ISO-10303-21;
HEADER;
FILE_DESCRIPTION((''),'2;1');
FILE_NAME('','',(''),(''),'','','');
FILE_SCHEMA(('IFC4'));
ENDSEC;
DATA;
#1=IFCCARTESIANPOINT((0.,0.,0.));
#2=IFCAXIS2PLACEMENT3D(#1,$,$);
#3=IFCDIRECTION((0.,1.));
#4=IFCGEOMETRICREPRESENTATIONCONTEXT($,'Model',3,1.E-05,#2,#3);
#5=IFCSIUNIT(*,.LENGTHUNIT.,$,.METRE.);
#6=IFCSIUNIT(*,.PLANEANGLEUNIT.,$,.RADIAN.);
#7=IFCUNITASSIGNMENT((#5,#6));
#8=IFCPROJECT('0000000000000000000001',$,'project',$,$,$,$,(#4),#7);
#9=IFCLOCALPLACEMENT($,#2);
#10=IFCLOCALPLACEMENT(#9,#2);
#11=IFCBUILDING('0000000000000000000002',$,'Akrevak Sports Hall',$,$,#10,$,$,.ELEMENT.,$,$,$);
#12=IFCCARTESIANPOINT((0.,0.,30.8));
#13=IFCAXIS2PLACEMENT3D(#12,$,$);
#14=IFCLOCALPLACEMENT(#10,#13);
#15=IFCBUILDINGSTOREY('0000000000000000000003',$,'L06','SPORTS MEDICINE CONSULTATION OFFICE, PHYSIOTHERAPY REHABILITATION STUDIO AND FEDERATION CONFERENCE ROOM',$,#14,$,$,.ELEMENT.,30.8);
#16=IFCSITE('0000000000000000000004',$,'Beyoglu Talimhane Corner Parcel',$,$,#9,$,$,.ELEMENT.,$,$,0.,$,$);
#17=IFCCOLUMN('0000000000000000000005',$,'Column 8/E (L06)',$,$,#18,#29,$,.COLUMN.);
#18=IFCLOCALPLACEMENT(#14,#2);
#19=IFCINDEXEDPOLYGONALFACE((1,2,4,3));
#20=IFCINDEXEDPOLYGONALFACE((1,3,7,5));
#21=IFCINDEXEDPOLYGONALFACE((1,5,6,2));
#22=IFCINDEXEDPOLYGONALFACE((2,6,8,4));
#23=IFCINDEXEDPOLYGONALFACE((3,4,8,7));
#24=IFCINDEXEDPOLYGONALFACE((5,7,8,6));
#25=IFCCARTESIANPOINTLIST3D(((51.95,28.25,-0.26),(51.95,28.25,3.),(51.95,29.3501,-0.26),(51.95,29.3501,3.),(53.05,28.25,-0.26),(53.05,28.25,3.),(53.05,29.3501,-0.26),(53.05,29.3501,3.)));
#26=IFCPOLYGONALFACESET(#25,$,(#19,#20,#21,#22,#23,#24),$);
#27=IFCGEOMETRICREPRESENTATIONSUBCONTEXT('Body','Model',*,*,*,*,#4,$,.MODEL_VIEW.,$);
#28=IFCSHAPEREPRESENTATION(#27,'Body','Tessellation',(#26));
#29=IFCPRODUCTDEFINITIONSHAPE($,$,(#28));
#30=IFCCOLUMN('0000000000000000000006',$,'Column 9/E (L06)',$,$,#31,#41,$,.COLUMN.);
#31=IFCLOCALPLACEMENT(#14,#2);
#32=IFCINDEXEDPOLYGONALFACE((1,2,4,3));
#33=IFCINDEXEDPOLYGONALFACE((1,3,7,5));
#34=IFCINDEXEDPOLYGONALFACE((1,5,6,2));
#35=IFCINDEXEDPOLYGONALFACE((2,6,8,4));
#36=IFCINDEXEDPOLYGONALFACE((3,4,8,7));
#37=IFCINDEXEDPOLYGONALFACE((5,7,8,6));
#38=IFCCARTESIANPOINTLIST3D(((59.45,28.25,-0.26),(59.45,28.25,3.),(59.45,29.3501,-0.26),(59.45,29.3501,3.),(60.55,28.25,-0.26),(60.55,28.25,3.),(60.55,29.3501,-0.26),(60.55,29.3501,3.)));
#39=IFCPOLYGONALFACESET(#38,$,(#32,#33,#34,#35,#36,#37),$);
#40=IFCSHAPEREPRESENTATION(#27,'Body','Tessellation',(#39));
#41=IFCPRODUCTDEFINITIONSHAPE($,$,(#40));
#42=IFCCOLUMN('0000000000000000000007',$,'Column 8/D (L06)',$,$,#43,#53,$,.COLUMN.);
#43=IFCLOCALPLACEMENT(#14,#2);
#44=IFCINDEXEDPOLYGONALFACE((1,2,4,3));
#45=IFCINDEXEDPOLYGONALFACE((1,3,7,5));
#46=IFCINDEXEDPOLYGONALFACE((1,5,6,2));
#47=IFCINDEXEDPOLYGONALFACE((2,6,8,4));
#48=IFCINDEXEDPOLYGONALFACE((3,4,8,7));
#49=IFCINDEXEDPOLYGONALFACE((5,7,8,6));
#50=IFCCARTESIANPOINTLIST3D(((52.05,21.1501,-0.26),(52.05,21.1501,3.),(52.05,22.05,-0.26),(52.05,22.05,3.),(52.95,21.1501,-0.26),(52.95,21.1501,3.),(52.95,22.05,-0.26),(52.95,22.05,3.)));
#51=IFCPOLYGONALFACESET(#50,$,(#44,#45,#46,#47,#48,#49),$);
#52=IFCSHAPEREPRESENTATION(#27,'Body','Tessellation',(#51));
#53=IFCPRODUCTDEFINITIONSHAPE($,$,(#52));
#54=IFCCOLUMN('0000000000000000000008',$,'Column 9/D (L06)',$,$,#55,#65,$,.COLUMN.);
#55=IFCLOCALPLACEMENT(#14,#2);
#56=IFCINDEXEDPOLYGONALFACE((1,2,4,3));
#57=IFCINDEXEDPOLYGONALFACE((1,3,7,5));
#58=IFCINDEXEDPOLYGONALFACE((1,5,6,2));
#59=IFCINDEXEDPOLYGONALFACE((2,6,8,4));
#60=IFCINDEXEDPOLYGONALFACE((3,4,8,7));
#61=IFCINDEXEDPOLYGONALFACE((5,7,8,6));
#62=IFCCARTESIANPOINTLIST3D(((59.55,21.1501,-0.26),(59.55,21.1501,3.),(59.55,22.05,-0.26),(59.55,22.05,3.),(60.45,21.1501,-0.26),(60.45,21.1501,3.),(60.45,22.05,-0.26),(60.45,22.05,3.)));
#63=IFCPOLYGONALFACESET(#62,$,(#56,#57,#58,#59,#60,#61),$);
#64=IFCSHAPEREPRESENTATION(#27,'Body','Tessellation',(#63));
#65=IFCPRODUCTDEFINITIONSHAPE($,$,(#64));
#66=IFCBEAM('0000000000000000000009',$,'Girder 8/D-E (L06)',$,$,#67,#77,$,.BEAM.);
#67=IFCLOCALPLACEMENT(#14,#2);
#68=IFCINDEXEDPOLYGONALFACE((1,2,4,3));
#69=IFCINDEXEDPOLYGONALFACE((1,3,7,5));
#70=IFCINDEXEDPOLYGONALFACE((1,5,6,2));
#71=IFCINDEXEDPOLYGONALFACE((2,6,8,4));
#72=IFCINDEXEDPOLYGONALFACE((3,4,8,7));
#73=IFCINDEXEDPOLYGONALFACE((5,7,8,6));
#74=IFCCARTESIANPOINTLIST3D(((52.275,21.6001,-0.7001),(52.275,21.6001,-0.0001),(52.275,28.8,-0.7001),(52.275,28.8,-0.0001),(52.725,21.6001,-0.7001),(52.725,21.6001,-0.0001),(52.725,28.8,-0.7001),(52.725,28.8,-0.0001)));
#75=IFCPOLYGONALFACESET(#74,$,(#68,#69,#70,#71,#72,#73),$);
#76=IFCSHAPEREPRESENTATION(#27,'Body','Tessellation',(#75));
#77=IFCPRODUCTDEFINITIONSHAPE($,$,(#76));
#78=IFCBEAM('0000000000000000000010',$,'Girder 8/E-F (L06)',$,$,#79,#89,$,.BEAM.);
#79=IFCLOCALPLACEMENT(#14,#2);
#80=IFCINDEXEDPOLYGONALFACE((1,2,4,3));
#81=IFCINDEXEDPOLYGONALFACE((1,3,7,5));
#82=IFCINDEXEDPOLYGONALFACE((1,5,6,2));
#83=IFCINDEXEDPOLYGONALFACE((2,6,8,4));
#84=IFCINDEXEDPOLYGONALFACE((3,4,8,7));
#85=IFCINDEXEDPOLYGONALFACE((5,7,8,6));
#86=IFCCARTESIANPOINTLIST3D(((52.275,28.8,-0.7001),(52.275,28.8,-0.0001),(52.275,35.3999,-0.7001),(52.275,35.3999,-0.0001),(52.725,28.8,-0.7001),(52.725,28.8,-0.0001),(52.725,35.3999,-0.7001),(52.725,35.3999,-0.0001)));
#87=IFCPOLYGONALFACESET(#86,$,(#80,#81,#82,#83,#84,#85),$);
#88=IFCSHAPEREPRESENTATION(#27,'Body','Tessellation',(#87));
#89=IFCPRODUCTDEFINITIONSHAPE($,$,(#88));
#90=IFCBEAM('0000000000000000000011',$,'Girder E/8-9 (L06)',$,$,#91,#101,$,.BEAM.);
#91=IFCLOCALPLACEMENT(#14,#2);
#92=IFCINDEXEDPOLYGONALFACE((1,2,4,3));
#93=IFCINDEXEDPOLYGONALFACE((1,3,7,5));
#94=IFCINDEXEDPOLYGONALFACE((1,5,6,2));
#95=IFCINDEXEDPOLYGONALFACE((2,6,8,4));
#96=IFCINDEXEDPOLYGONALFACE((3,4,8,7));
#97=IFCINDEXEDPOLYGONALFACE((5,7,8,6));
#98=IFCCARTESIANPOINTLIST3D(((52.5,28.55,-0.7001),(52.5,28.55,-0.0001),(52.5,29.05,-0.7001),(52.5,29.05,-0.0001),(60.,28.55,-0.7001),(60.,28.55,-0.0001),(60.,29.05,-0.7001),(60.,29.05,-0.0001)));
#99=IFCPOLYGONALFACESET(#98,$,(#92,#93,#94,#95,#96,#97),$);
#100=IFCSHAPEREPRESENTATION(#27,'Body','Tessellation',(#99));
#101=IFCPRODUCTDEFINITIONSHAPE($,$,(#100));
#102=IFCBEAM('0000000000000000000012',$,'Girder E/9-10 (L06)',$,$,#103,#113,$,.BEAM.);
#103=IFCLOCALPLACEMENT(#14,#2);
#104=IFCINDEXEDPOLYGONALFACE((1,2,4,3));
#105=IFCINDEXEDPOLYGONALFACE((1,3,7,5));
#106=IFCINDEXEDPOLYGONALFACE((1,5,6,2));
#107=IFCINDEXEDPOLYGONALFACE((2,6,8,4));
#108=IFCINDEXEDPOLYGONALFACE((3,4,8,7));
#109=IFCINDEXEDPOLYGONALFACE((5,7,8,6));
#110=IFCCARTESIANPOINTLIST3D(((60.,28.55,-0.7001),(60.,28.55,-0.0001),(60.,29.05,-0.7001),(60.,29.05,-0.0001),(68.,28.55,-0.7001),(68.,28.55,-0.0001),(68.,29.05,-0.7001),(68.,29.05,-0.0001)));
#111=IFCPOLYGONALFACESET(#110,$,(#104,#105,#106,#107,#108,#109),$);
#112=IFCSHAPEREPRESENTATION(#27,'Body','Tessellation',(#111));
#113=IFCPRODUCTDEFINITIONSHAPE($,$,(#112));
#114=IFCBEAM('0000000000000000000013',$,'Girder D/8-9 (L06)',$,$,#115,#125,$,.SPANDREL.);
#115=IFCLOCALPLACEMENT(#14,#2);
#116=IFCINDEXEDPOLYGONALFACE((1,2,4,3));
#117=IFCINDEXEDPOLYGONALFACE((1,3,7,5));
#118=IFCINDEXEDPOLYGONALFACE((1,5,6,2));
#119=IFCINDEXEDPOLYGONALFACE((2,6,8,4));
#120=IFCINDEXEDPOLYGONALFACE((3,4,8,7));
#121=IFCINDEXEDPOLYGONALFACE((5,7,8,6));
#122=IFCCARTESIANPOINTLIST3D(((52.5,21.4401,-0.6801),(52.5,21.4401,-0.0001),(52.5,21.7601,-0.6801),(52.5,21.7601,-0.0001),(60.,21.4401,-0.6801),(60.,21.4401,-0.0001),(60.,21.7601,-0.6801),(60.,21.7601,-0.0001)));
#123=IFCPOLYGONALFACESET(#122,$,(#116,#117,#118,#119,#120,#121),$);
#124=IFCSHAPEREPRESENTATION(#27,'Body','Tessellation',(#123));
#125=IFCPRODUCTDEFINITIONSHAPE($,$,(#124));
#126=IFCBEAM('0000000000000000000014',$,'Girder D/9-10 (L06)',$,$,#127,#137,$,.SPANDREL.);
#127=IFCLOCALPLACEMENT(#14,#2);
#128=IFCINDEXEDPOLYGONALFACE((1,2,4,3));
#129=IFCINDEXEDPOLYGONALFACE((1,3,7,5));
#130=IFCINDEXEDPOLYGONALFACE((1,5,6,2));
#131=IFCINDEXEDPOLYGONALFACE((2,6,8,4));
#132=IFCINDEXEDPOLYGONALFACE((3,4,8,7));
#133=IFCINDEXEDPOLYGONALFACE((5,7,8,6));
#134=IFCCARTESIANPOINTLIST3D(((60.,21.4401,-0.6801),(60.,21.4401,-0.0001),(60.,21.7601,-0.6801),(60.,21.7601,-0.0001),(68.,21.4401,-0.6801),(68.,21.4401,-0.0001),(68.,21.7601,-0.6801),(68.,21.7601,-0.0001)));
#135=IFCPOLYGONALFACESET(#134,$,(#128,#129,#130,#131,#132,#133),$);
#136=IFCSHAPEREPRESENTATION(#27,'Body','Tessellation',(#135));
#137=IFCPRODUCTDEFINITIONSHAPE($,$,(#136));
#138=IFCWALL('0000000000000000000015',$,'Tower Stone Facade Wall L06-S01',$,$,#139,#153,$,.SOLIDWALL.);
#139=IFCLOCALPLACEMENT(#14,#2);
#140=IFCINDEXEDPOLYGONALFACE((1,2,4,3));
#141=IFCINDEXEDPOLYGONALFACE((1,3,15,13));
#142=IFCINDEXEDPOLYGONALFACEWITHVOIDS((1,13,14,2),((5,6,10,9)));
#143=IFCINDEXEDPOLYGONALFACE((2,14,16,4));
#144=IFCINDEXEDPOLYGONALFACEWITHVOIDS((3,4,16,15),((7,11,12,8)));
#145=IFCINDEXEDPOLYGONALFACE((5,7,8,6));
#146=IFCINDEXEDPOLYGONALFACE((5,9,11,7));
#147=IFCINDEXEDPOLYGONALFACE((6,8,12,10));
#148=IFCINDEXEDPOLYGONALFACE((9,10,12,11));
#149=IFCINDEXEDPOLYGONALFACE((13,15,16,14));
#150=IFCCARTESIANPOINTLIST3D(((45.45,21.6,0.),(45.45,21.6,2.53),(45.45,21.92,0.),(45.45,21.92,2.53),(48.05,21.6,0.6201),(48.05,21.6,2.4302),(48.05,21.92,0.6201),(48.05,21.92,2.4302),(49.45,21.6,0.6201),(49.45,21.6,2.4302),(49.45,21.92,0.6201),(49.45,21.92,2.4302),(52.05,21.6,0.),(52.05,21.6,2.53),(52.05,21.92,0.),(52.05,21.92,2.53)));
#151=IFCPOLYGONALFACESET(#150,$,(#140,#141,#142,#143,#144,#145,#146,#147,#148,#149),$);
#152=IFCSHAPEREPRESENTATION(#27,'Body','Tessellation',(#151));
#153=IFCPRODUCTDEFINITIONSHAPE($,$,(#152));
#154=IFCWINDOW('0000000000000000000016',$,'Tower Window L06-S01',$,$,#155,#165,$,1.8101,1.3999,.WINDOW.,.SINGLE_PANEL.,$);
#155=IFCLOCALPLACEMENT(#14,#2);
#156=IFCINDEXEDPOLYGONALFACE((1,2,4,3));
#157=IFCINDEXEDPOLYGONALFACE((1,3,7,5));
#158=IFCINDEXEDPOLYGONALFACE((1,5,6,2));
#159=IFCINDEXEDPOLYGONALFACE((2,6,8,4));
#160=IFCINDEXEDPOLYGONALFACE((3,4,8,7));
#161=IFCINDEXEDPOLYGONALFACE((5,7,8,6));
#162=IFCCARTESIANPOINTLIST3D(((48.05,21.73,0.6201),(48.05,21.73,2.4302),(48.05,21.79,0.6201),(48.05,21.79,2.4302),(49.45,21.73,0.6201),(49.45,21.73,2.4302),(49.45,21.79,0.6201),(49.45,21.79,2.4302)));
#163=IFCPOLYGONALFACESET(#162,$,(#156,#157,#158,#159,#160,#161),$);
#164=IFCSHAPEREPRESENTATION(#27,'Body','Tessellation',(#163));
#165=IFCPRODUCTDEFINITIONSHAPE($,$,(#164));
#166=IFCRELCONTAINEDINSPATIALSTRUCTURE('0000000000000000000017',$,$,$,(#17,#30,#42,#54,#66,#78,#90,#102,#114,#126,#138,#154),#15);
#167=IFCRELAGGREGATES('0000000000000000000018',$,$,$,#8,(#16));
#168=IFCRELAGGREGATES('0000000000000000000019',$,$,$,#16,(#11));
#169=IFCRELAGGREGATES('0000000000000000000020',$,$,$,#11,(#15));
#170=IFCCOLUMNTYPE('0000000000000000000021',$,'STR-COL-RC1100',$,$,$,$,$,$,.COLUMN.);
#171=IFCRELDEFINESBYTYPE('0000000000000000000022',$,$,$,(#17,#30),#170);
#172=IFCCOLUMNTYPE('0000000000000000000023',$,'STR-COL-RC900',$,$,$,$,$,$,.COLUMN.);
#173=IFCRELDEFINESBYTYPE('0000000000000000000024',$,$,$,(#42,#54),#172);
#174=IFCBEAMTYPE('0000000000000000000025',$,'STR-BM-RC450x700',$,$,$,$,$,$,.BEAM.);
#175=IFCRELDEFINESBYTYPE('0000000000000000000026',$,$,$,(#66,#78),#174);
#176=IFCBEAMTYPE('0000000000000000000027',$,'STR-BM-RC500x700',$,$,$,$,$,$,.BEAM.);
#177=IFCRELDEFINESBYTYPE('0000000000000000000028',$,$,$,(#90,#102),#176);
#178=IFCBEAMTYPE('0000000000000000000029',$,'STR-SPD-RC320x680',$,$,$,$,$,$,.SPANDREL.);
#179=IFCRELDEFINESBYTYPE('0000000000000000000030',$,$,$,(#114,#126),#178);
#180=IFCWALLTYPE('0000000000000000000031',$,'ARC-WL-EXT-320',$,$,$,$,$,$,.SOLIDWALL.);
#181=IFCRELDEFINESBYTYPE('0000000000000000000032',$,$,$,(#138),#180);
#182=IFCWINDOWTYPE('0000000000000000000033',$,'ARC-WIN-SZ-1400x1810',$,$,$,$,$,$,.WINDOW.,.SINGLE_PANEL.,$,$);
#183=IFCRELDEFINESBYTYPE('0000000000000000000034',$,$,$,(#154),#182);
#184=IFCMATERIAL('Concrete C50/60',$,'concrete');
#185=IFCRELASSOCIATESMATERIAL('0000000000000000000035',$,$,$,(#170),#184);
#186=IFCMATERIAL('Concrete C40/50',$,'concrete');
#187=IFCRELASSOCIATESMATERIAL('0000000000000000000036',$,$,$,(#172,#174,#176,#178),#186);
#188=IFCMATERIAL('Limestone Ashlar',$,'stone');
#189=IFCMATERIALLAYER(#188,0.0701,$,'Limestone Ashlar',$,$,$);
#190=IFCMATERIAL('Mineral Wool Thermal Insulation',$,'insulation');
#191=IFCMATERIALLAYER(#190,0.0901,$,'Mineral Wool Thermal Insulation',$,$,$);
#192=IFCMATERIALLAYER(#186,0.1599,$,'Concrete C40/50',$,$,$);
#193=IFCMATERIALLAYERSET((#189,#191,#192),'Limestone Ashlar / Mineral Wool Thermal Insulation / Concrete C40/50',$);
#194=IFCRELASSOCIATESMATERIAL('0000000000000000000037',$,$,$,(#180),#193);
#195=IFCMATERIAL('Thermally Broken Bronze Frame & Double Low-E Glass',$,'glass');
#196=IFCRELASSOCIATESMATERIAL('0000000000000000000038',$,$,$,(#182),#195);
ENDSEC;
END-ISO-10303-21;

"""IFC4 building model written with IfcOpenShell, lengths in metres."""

from ifc_helpers import new_model, si_unit, direction, frame, frame_2d, origin, origin_2d, place, context, subcontext, project, spatial, rectangle, extrude, material, layer, layer_set, material_profile, profile_set, type_object, element, fill, save


model = new_model("IFC4")

# Units and contexts
model_context = context("Model", 3, precision=1e-05, world=origin(), true_north=direction((0.0, 1.0)))
body_context = subcontext(model_context, "Body", "Model", "MODEL_VIEW")
ifc_project = project(units=[si_unit("LENGTHUNIT", "METRE"), si_unit("PLANEANGLEUNIT", "RADIAN")], contexts=[model_context])

# Site, building, storey
site_placement = place(None, origin())
site = spatial("IfcSite", under=ifc_project, at=site_placement, Name="Beyoglu Talimhane Corner Parcel", CompositionType="ELEMENT", RefElevation=0.0)
building_placement = place(site_placement, origin())
building = spatial("IfcBuilding", under=site, at=building_placement, Name="Akrevak Sports Hall", CompositionType="ELEMENT")
storey_placement = place(building_placement, frame((0.0, 0.0, 30.8)))
storey = spatial("IfcBuildingStorey", under=building, at=storey_placement, Name="L06", Description="SPORTS MEDICINE CONSULTATION OFFICE, PHYSIOTHERAPY REHABILITATION STUDIO AND FEDERATION CONFERENCE ROOM", CompositionType="ELEMENT", Elevation=30.8)

# Columns
ifc_material_1 = material(Name="Concrete C50/60", Category="concrete")
ifc_material_profile_1 = material_profile(ifc_material_1, rectangle(XDim=1.1001, YDim=1.1001, at=origin_2d()), Name="RC 1100x1100", Category="concrete")
ifc_profile_set_1 = profile_set([ifc_material_profile_1], Name="Concrete C50/60")
column_type_1 = type_object("IfcColumnType", Name="STR-COL-RC1100", PredefinedType="COLUMN", material=ifc_profile_set_1)
for number, where, z_axis, x_axis, name in (
    (1, (52.5, 28.8, -0.26), (0.0, 0.0, 1.0), (1.0, 0.0, 0.0), "Column 8/E (L06)"),
    (2, (60.0, 28.8, -0.26), (0.0, 0.0, 1.0), (1.0, 0.0, 0.0), "Column 9/E (L06)"),
):
    element("IfcColumn", number, at=place(storey_placement, frame(where, z_axis=z_axis, x_axis=x_axis)), inside=storey, type_object=column_type_1, Name=name, PredefinedType="COLUMN", context=body_context, shape_type="SweptSolid", body=[
        extrude(rectangle(XDim=1.1001, YDim=1.1001, at=origin_2d()), origin(), (0.0, 0.0, 1.0), 3.26),
    ])
ifc_material_2 = material(Name="Concrete C40/50", Category="concrete")
ifc_material_profile_2 = material_profile(ifc_material_2, rectangle(XDim=0.8999, YDim=0.8999, at=origin_2d()), Name="RC 900x900", Category="concrete")
ifc_profile_set_2 = profile_set([ifc_material_profile_2], Name="Concrete C40/50")
column_type_2 = type_object("IfcColumnType", Name="STR-COL-RC900", PredefinedType="COLUMN", material=ifc_profile_set_2)
for number, where, z_axis, x_axis, name in (
    (3, (52.5, 21.6001, -0.26), (0.0, 0.0, 1.0), (1.0, 0.0, 0.0), "Column 8/D (L06)"),
    (4, (60.0, 21.6001, -0.26), (0.0, 0.0, 1.0), (1.0, 0.0, 0.0), "Column 9/D (L06)"),
):
    element("IfcColumn", number, at=place(storey_placement, frame(where, z_axis=z_axis, x_axis=x_axis)), inside=storey, type_object=column_type_2, Name=name, PredefinedType="COLUMN", context=body_context, shape_type="SweptSolid", body=[
        extrude(rectangle(XDim=0.8999, YDim=0.8999, at=origin_2d()), origin(), (0.0, 0.0, 1.0), 3.26),
    ])

# Beams
ifc_material_profile_3 = material_profile(ifc_material_2, rectangle(XDim=0.45, YDim=0.7, at=origin_2d()), Name="BM 450x700", Category="concrete")
ifc_profile_set_3 = profile_set([ifc_material_profile_3], Name="Concrete C40/50")
beam_type_1 = type_object("IfcBeamType", Name="STR-BM-RC450x700", PredefinedType="BEAM", material=ifc_profile_set_3)
beam_1_placement = place(storey_placement, frame((52.5, 21.6001, -0.3501), z_axis=(0.0, 1.0, 0.0), x_axis=(-1.0, 0.0, 0.0)))
element("IfcBeam", 5, at=beam_1_placement, inside=storey, type_object=beam_type_1, Name="Girder 8/D-E (L06)", PredefinedType="BEAM", context=body_context, shape_type="SweptSolid", body=[
    extrude(rectangle(XDim=0.45, YDim=0.7, at=origin_2d()), origin(), (0.0, 0.0, 1.0), 7.2),
])
beam_2_placement = place(storey_placement, frame((52.5, 28.8, -0.3501), z_axis=(0.0, 1.0, 0.0), x_axis=(-1.0, 0.0, 0.0)))
element("IfcBeam", 6, at=beam_2_placement, inside=storey, type_object=beam_type_1, Name="Girder 8/E-F (L06)", PredefinedType="BEAM", context=body_context, shape_type="SweptSolid", body=[
    extrude(rectangle(XDim=0.45, YDim=0.7, at=origin_2d()), origin(), (0.0, 0.0, 1.0), 6.5999),
])
ifc_material_profile_4 = material_profile(ifc_material_2, rectangle(XDim=0.5, YDim=0.7, at=origin_2d()), Name="BM 500x700", Category="concrete")
ifc_profile_set_4 = profile_set([ifc_material_profile_4], Name="Concrete C40/50")
beam_type_2 = type_object("IfcBeamType", Name="STR-BM-RC500x700", PredefinedType="BEAM", material=ifc_profile_set_4)
beam_3_placement = place(storey_placement, frame((52.5, 28.8, -0.3501), z_axis=(1.0, 0.0, 0.0), x_axis=(0.0, 1.0, 0.0)))
element("IfcBeam", 7, at=beam_3_placement, inside=storey, type_object=beam_type_2, Name="Girder E/8-9 (L06)", PredefinedType="BEAM", context=body_context, shape_type="SweptSolid", body=[
    extrude(rectangle(XDim=0.5, YDim=0.7, at=origin_2d()), origin(), (0.0, 0.0, 1.0), 7.5),
])
beam_4_placement = place(storey_placement, frame((60.0, 28.8, -0.3501), z_axis=(1.0, 0.0, 0.0), x_axis=(0.0, 1.0, 0.0)))
element("IfcBeam", 8, at=beam_4_placement, inside=storey, type_object=beam_type_2, Name="Girder E/9-10 (L06)", PredefinedType="BEAM", context=body_context, shape_type="SweptSolid", body=[
    extrude(rectangle(XDim=0.5, YDim=0.7, at=origin_2d()), origin(), (0.0, 0.0, 1.0), 8.0),
])
ifc_material_profile_5 = material_profile(ifc_material_2, rectangle(XDim=0.3201, YDim=0.6799, at=origin_2d()), Name="SPD 320x680", Category="concrete")
ifc_profile_set_5 = profile_set([ifc_material_profile_5], Name="Concrete C40/50")
beam_type_3 = type_object("IfcBeamType", Name="STR-SPD-RC320x680", PredefinedType="SPANDREL", material=ifc_profile_set_5)
beam_5_placement = place(storey_placement, frame((52.5, 21.6001, -0.3401), z_axis=(1.0, 0.0, 0.0), x_axis=(0.0, 1.0, 0.0)))
element("IfcBeam", 9, at=beam_5_placement, inside=storey, type_object=beam_type_3, Name="Girder D/8-9 (L06)", PredefinedType="SPANDREL", context=body_context, shape_type="SweptSolid", body=[
    extrude(rectangle(XDim=0.3201, YDim=0.6799, at=origin_2d()), origin(), (0.0, 0.0, 1.0), 7.5),
])
beam_6_placement = place(storey_placement, frame((60.0, 21.6001, -0.3401), z_axis=(1.0, 0.0, 0.0), x_axis=(0.0, 1.0, 0.0)))
element("IfcBeam", 10, at=beam_6_placement, inside=storey, type_object=beam_type_3, Name="Girder D/9-10 (L06)", PredefinedType="SPANDREL", context=body_context, shape_type="SweptSolid", body=[
    extrude(rectangle(XDim=0.3201, YDim=0.6799, at=origin_2d()), origin(), (0.0, 0.0, 1.0), 8.0),
])

# Wall, opening, window
ifc_material_3 = material(Name="Limestone Ashlar", Category="stone")
ifc_layer_1 = layer(ifc_material_3, 0.0701, Name="Limestone Ashlar")
ifc_material_4 = material(Name="Mineral Wool Thermal Insulation", Category="insulation")
ifc_layer_2 = layer(ifc_material_4, 0.0901, Name="Mineral Wool Thermal Insulation")
ifc_layer_3 = layer(ifc_material_2, 0.1599, Name="Concrete C40/50")
ifc_layer_set_1 = layer_set([ifc_layer_1, ifc_layer_2, ifc_layer_3], Name="Limestone Ashlar / Mineral Wool Thermal Insulation / Concrete C40/50")
wall_type_1 = type_object("IfcWallType", Name="ARC-WL-EXT-320", PredefinedType="SOLIDWALL", material=ifc_layer_set_1)
wall_1_placement = place(storey_placement, frame((45.45, 21.76, 0.0), z_axis=(0.0, 0.0, 1.0), x_axis=(1.0, 0.0, 0.0)))
wall_1 = element("IfcWall", 11, at=wall_1_placement, inside=storey, type_object=wall_type_1, Name="Tower Stone Facade Wall L06-S01", PredefinedType="SOLIDWALL", context=body_context, shape_type="SweptSolid", body=[
    extrude(rectangle(XDim=6.6001, YDim=0.3201, at=frame_2d((3.3, 0.0))), origin(), (0.0, 0.0, 1.0), 2.53),
])
opening_1_placement = place(wall_1_placement, frame((2.6001, 0.0, 0.6201)))
opening_1 = element("IfcOpeningElement", 12, at=opening_1_placement, cuts=wall_1, PredefinedType="OPENING", context=body_context, shape_type="SweptSolid", body=[
    extrude(rectangle(XDim=1.3999, YDim=1.8101, at=frame_2d((0.7, 0.905))), frame((0.0, 0.1719, 0.0), z_axis=(0.0, -1.0, 0.0), x_axis=(1.0, 0.0, 0.0)), (0.0, 0.0, 1.0), 0.344),
])
ifc_material_5 = material(Name="Thermally Broken Bronze Frame & Double Low-E Glass", Category="glass")
window_type_1 = type_object("IfcWindowType", Name="ARC-WIN-SZ-1400x1810", PartitioningType="SINGLE_PANEL", PredefinedType="WINDOW", material=ifc_material_5)
window_1_placement = place(opening_1_placement, origin())
window_1 = element("IfcWindow", 13, at=window_1_placement, inside=storey, type_object=window_type_1, Name="Tower Window L06-S01", OverallHeight=1.8101, OverallWidth=1.3999, PartitioningType="SINGLE_PANEL", PredefinedType="WINDOW", context=body_context, shape_type="SweptSolid", body=[
    extrude(rectangle(XDim=1.3999, YDim=1.8101, at=frame_2d((0.7, 0.905))), frame((0.0, 0.03, 0.0), z_axis=(0.0, -1.0, 0.0), x_axis=(1.0, 0.0, 0.0)), (0.0, 0.0, 1.0), 0.0601),
])
fill(opening_1, window_1)

save(model, "model.ifc")
